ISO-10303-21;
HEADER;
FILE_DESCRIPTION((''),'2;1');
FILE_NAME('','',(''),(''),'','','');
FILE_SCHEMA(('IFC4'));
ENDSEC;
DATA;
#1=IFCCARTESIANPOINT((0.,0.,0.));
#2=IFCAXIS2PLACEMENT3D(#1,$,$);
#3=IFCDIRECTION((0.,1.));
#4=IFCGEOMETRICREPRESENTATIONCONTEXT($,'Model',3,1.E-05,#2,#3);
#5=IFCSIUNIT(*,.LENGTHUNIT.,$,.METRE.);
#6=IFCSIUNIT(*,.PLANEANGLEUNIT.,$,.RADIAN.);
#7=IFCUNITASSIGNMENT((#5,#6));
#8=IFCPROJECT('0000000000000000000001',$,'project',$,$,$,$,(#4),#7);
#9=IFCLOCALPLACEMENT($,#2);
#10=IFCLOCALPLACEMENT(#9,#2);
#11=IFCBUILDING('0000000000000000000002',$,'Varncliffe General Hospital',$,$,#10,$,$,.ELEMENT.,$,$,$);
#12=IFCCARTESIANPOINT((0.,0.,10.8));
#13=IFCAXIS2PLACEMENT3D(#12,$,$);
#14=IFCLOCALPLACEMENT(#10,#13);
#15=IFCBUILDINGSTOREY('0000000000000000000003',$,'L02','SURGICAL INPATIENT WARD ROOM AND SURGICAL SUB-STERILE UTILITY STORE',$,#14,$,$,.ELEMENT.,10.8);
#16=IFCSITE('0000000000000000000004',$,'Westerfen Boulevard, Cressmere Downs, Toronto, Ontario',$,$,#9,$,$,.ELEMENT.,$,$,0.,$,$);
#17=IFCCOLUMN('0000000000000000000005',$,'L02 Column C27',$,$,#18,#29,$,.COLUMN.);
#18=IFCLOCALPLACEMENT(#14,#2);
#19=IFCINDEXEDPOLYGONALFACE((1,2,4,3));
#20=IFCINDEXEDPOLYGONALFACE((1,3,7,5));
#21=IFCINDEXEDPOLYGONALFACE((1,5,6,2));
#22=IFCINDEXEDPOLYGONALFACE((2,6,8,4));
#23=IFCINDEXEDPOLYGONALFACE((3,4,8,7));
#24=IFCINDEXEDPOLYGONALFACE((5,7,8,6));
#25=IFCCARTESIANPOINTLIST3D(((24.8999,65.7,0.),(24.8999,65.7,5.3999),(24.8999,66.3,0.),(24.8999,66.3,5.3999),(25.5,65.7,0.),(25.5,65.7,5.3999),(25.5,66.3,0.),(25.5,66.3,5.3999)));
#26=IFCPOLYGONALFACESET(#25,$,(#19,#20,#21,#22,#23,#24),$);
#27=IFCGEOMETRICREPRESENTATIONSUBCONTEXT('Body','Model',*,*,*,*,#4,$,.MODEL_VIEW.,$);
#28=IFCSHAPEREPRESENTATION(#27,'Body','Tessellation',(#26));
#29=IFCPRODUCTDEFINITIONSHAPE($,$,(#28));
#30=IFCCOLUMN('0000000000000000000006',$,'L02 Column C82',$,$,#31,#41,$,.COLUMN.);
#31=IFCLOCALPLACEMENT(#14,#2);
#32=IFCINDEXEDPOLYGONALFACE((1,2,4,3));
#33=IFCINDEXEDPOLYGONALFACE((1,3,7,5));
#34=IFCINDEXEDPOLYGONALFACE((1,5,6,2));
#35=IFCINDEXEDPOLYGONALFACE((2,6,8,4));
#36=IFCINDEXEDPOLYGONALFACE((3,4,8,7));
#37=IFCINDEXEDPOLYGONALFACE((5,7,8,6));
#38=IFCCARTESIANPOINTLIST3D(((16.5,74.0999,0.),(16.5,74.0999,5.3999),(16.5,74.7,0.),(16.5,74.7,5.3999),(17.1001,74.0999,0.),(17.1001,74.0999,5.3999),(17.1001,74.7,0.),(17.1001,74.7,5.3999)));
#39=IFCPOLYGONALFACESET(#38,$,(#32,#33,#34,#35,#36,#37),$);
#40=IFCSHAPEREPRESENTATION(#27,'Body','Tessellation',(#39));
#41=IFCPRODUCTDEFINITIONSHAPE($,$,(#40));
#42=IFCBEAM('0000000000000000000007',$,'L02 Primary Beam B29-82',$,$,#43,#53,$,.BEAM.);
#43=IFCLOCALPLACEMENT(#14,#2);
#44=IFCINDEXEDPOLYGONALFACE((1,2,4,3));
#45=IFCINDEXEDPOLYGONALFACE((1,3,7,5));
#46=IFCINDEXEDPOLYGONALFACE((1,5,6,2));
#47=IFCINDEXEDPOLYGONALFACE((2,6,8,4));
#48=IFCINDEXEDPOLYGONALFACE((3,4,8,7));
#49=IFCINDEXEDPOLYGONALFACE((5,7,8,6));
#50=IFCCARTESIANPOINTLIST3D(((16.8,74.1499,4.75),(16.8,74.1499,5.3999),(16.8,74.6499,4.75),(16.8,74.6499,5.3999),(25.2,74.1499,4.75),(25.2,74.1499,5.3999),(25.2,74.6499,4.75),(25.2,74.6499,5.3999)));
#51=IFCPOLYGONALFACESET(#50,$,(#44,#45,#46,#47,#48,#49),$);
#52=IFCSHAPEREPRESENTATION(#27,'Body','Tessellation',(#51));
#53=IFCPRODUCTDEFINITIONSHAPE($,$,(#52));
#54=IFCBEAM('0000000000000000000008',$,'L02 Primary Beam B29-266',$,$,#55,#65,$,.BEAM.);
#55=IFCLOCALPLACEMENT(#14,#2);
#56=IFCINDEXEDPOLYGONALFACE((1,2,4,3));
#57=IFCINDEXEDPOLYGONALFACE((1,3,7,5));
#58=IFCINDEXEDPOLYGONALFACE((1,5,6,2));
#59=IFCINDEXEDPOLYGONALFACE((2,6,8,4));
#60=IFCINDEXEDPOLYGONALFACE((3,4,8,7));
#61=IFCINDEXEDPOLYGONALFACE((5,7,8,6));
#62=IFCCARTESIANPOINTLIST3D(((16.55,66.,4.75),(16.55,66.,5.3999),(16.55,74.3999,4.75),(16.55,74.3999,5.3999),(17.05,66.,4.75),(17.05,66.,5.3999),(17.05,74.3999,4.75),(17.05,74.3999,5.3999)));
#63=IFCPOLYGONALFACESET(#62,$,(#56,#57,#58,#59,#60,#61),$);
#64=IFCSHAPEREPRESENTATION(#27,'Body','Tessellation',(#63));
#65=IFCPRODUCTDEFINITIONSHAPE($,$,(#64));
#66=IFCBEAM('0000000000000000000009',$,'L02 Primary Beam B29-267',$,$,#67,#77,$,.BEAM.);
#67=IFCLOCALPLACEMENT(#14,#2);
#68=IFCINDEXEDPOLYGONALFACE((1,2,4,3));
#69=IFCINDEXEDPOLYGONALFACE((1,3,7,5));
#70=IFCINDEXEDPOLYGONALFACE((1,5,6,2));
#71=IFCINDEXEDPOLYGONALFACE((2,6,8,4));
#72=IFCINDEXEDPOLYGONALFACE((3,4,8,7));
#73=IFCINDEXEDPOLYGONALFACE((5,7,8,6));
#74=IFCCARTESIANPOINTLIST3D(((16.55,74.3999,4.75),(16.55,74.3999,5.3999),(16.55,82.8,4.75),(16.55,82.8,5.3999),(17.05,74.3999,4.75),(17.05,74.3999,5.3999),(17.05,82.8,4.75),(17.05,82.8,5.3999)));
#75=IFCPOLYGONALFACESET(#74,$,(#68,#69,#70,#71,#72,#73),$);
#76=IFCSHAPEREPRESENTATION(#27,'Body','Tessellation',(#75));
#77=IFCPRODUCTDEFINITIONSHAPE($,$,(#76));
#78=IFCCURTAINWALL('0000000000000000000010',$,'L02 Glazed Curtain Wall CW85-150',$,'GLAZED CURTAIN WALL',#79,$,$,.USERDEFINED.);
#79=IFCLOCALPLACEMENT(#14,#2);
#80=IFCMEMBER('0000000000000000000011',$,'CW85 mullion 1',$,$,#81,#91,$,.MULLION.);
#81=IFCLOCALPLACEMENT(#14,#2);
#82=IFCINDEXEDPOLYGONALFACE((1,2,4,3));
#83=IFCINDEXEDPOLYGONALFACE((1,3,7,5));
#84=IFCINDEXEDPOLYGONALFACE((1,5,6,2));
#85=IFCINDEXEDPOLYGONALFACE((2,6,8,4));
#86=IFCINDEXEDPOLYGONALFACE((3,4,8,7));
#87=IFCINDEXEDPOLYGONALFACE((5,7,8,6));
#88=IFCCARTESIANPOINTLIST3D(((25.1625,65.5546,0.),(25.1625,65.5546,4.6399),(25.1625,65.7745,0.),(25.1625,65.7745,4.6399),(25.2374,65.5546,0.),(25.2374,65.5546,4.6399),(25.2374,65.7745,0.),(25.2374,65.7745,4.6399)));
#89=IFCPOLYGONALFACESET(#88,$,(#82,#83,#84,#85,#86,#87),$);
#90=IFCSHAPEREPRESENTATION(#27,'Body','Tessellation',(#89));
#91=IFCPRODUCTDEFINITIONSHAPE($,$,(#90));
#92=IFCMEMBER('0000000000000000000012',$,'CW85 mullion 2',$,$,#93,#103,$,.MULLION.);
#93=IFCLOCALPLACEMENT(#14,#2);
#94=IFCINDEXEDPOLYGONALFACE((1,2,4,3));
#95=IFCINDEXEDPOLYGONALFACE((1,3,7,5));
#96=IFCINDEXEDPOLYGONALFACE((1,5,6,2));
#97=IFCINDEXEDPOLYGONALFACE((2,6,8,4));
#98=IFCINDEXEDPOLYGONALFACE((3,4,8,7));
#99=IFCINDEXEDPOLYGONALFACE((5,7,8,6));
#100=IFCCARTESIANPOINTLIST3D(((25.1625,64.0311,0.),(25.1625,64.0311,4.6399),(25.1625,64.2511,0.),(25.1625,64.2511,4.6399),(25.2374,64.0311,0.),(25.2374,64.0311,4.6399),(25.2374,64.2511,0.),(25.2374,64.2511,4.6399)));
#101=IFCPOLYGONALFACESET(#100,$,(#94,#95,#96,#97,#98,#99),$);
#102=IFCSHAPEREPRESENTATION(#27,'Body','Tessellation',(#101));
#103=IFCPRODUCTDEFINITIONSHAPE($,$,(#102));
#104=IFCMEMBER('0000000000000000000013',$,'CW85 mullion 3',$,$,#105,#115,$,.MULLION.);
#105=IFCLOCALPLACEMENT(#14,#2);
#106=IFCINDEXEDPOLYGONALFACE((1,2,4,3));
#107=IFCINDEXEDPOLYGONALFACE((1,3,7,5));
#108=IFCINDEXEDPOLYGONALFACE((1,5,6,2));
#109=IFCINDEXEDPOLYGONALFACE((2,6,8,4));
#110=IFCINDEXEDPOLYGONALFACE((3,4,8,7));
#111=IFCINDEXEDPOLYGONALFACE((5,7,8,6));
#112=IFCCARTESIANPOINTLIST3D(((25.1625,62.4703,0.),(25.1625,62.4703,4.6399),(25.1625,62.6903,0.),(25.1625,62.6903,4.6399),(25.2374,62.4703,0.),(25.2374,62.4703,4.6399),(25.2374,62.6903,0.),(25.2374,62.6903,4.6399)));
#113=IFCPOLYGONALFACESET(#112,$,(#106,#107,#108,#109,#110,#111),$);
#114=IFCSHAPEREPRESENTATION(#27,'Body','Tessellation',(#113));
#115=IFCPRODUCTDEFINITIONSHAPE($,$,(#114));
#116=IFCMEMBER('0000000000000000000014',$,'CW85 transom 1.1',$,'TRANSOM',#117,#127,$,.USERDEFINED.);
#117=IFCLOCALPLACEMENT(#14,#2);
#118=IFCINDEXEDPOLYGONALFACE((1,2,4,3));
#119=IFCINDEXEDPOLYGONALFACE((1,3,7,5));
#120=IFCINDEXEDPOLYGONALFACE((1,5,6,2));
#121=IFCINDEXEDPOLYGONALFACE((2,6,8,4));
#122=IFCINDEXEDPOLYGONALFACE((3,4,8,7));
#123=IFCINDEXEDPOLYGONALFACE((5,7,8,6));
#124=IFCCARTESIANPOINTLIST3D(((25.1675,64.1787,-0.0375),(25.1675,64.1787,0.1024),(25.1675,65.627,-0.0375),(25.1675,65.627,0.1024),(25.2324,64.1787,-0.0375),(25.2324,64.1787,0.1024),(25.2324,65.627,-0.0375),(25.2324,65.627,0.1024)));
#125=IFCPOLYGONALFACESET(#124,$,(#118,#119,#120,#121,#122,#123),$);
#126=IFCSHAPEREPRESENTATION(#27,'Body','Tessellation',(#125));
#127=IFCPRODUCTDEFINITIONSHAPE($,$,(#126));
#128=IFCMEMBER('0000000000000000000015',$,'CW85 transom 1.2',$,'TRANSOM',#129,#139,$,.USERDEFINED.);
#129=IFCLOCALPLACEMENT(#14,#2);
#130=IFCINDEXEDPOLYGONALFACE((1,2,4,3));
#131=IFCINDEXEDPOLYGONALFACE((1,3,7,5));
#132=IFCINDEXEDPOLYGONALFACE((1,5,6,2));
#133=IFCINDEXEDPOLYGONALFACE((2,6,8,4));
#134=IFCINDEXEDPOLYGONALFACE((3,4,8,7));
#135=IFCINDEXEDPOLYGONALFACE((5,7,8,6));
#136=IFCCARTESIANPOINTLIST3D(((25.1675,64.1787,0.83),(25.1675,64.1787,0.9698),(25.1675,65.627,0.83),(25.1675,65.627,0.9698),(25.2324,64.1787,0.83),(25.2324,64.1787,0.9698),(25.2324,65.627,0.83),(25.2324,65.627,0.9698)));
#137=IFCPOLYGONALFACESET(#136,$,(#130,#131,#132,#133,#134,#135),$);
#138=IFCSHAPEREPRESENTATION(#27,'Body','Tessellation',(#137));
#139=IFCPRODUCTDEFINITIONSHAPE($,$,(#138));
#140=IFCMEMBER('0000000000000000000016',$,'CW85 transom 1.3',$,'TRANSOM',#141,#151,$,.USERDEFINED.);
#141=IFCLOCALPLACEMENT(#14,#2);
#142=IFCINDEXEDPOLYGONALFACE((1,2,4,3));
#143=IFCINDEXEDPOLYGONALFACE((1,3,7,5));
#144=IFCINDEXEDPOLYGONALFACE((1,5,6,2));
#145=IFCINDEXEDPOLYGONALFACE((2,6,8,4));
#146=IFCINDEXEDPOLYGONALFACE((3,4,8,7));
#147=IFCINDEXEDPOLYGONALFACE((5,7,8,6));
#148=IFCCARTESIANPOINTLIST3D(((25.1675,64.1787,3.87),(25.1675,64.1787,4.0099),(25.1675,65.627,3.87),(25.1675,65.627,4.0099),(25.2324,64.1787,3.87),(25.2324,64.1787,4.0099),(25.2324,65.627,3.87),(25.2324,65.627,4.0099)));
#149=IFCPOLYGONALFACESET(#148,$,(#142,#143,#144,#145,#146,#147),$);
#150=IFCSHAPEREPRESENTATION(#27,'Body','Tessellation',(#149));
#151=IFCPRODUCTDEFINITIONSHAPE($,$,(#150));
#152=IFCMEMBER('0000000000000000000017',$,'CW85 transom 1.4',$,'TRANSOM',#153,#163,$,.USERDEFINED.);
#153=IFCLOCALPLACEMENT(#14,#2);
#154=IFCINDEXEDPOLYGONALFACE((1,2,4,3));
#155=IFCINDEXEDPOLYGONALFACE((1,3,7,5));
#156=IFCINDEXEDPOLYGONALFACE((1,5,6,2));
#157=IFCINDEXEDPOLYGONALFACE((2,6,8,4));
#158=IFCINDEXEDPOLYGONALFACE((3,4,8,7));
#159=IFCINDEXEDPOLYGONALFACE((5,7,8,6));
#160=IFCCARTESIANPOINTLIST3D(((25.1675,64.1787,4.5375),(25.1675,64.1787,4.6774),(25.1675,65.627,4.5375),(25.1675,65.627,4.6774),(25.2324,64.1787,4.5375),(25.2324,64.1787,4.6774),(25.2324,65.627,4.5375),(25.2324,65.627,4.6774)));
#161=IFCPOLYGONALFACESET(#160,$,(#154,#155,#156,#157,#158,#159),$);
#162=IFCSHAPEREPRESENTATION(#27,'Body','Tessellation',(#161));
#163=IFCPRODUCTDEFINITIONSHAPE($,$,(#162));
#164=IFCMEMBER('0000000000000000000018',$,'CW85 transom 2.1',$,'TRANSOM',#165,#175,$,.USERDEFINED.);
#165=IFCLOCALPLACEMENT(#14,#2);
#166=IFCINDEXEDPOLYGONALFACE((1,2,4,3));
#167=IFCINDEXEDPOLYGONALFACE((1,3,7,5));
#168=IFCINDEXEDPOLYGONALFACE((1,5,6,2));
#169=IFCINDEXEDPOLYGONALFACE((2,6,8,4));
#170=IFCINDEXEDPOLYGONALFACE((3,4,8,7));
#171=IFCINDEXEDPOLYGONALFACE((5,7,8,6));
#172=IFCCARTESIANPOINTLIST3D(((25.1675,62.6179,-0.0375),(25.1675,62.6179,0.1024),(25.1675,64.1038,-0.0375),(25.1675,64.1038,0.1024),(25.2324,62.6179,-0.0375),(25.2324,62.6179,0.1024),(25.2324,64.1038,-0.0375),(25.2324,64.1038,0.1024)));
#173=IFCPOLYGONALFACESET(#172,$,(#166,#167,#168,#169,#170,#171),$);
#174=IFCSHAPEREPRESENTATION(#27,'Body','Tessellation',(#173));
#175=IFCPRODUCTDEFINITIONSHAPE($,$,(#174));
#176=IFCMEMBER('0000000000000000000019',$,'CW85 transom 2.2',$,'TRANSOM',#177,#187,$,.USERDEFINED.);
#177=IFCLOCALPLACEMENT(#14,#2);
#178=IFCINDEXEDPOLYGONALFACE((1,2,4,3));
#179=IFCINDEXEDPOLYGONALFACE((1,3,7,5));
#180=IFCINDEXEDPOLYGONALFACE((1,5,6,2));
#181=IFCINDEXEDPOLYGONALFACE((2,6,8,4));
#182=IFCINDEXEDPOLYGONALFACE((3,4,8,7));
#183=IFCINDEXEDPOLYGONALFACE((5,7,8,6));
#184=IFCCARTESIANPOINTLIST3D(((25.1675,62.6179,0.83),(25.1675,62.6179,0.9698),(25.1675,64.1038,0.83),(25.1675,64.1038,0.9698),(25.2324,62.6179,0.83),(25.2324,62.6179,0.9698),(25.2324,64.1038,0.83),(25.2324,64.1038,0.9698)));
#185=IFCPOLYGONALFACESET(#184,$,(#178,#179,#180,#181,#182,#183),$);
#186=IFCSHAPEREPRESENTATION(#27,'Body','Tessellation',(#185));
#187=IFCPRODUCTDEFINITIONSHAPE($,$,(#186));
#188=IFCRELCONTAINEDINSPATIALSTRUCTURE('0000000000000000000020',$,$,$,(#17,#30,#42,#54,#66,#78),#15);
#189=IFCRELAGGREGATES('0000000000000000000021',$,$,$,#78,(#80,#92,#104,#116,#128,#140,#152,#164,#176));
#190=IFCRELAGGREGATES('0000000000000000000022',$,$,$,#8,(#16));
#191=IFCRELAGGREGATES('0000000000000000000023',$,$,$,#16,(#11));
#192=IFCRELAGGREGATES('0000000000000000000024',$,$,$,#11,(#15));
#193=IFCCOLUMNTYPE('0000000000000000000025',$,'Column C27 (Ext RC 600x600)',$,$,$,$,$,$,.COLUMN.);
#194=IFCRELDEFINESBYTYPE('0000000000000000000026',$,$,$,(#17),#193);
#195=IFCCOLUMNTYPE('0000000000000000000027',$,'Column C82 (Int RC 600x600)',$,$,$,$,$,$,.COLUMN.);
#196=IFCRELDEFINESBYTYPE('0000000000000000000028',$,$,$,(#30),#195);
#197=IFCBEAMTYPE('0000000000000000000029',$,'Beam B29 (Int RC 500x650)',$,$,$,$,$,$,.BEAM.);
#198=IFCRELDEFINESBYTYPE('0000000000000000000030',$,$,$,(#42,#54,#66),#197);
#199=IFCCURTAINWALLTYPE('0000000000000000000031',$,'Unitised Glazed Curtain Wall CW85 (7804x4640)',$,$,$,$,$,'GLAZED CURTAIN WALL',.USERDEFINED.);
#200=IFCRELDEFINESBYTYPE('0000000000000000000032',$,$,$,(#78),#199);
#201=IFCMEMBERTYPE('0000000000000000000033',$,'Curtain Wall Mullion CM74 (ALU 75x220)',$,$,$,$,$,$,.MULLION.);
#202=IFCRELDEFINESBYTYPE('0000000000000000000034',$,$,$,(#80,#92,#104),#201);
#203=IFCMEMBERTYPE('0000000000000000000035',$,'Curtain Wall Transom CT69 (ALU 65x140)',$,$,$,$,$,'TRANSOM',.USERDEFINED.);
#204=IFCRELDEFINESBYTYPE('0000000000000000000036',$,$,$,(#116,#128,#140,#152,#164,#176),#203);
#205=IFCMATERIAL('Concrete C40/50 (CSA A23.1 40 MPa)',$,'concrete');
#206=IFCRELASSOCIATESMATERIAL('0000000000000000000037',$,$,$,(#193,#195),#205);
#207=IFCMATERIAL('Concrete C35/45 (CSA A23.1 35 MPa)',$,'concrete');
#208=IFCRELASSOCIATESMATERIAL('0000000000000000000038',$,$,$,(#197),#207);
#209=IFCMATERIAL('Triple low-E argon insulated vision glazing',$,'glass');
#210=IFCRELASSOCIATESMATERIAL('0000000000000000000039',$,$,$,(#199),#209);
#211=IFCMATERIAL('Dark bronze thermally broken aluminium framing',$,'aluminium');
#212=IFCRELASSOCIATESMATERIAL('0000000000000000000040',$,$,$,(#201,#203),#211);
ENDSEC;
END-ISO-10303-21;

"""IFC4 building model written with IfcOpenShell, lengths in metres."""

from ifc_helpers import new_model, si_unit, direction, frame, origin, origin_2d, place, context, subcontext, project, spatial, rectangle, extrude, material, material_profile, profile_set, type_object, element, aggregate, save


model = new_model("IFC4")

# Units and contexts
model_context = context("Model", 3, precision=1e-05, world=origin(), true_north=direction((0.0, 1.0)))
body_context = subcontext(model_context, "Body", "Model", "MODEL_VIEW")
ifc_project = project(units=[si_unit("LENGTHUNIT", "METRE"), si_unit("PLANEANGLEUNIT", "RADIAN")], contexts=[model_context])

# Site, building, storey
site_placement = place(None, origin())
site = spatial("IfcSite", under=ifc_project, at=site_placement, Name="Westerfen Boulevard, Cressmere Downs, Toronto, Ontario", CompositionType="ELEMENT", RefElevation=0.0)
building_placement = place(site_placement, origin())
building = spatial("IfcBuilding", under=site, at=building_placement, Name="Varncliffe General Hospital", CompositionType="ELEMENT")
storey_placement = place(building_placement, frame((0.0, 0.0, 10.8)))
storey = spatial("IfcBuildingStorey", under=building, at=storey_placement, Name="L02", Description="SURGICAL INPATIENT WARD ROOM AND SURGICAL SUB-STERILE UTILITY STORE", CompositionType="ELEMENT", Elevation=10.8)

# Columns
ifc_material_1 = material(Name="Concrete C40/50 (CSA A23.1 40 MPa)", Category="concrete")
ifc_material_profile_1 = material_profile(ifc_material_1, rectangle(XDim=0.6001, YDim=0.6001, at=origin_2d()), Name="RC 600x600")
ifc_profile_set_1 = profile_set([ifc_material_profile_1], Name="Concrete C40/50 (CSA A23.1 40 MPa)")
column_type_1 = type_object("IfcColumnType", Name="Column C27 (Ext RC 600x600)", PredefinedType="COLUMN", material=ifc_profile_set_1)
column_1_placement = place(storey_placement, frame((25.2, 66.0, 0.0), z_axis=(0.0, 0.0, 1.0), x_axis=(1.0, 0.0, 0.0)))
element("IfcColumn", 1, at=column_1_placement, inside=storey, type_object=column_type_1, Name="L02 Column C27", PredefinedType="COLUMN", context=body_context, shape_type="SweptSolid", body=[
    extrude(rectangle(XDim=0.6001, YDim=0.6001, at=origin_2d()), origin(), (0.0, 0.0, 1.0), 5.3999),
])
ifc_material_profile_2 = material_profile(ifc_material_1, rectangle(XDim=0.6001, YDim=0.6001, at=origin_2d()), Name="RC 600x600")
ifc_profile_set_2 = profile_set([ifc_material_profile_2], Name="Concrete C40/50 (CSA A23.1 40 MPa)")
column_type_2 = type_object("IfcColumnType", Name="Column C82 (Int RC 600x600)", PredefinedType="COLUMN", material=ifc_profile_set_2)
column_2_placement = place(storey_placement, frame((16.8, 74.3999, 0.0), z_axis=(0.0, 0.0, 1.0), x_axis=(1.0, 0.0, 0.0)))
element("IfcColumn", 2, at=column_2_placement, inside=storey, type_object=column_type_2, Name="L02 Column C82", PredefinedType="COLUMN", context=body_context, shape_type="SweptSolid", body=[
    extrude(rectangle(XDim=0.6001, YDim=0.6001, at=origin_2d()), origin(), (0.0, 0.0, 1.0), 5.3999),
])

# Beams
ifc_material_2 = material(Name="Concrete C35/45 (CSA A23.1 35 MPa)", Category="concrete")
ifc_material_profile_3 = material_profile(ifc_material_2, rectangle(XDim=0.5, YDim=0.6499, at=origin_2d()), Name="RC 500x650")
ifc_profile_set_3 = profile_set([ifc_material_profile_3], Name="Concrete C35/45 (CSA A23.1 35 MPa)")
beam_type_1 = type_object("IfcBeamType", Name="Beam B29 (Int RC 500x650)", PredefinedType="BEAM", material=ifc_profile_set_3)
for number, where, z_axis, x_axis, name in (
    (3, (16.8, 74.3999, 5.075), (1.0, 0.0, 0.0), (0.0, 1.0, 0.0), "L02 Primary Beam B29-82"),
    (4, (16.8, 66.0, 5.075), (0.0, 1.0, 0.0), (-1.0, 0.0, 0.0), "L02 Primary Beam B29-266"),
):
    element("IfcBeam", number, at=place(storey_placement, frame(where, z_axis=z_axis, x_axis=x_axis)), inside=storey, type_object=beam_type_1, Name=name, PredefinedType="BEAM", context=body_context, shape_type="SweptSolid", body=[
        extrude(rectangle(XDim=0.5, YDim=0.6499, at=origin_2d()), origin(), (0.0, 0.0, 1.0), 8.3999),
    ])
beam_1_placement = place(storey_placement, frame((16.8, 74.3999, 5.075), z_axis=(0.0, 1.0, 0.0), x_axis=(-1.0, 0.0, 0.0)))
element("IfcBeam", 5, at=beam_1_placement, inside=storey, type_object=beam_type_1, Name="L02 Primary Beam B29-267", PredefinedType="BEAM", context=body_context, shape_type="SweptSolid", body=[
    extrude(rectangle(XDim=0.5, YDim=0.6499, at=origin_2d()), origin(), (0.0, 0.0, 1.0), 8.4001),
])

# Curtain wall, members
ifc_material_3 = material(Name="Triple low-E argon insulated vision glazing", Category="glass")
curtain_wall_type = type_object("IfcCurtainWallType", Name="Unitised Glazed Curtain Wall CW85 (7804x4640)", ElementType="GLAZED CURTAIN WALL", PredefinedType="USERDEFINED", material=ifc_material_3)
curtain_wall_placement = place(storey_placement, origin())
curtain_wall = element("IfcCurtainWall", 6, at=curtain_wall_placement, inside=storey, type_object=curtain_wall_type, Name="L02 Glazed Curtain Wall CW85-150", ObjectType="GLAZED CURTAIN WALL", PredefinedType="USERDEFINED")
ifc_material_4 = material(Name="Dark bronze thermally broken aluminium framing", Category="aluminium")
ifc_material_profile_4 = material_profile(ifc_material_4, rectangle(XDim=0.075, YDim=0.22, at=origin_2d()), Name="ALU 75x220")
ifc_profile_set_4 = profile_set([ifc_material_profile_4], Name="Dark bronze thermally broken aluminium framing")
member_type_1 = type_object("IfcMemberType", Name="Curtain Wall Mullion CM74 (ALU 75x220)", PredefinedType="MULLION", material=ifc_profile_set_4)
member_1_placement = place(storey_placement, frame((25.2, 65.6646, 0.0), z_axis=(0.0, 0.0, 1.0), x_axis=(1.0, 0.0, 0.0)))
member_1 = element("IfcMember", 7, at=member_1_placement, type_object=member_type_1, Name="CW85 mullion 1", PredefinedType="MULLION", context=body_context, shape_type="SweptSolid", body=[
    extrude(rectangle(XDim=0.075, YDim=0.22, at=origin_2d()), origin(), (0.0, 0.0, 1.0), 4.6399),
])
member_2_placement = place(storey_placement, frame((25.2, 64.1411, 0.0), z_axis=(0.0, 0.0, 1.0), x_axis=(1.0, 0.0, 0.0)))
member_2 = element("IfcMember", 8, at=member_2_placement, type_object=member_type_1, Name="CW85 mullion 2", PredefinedType="MULLION", context=body_context, shape_type="SweptSolid", body=[
    extrude(rectangle(XDim=0.075, YDim=0.22, at=origin_2d()), origin(), (0.0, 0.0, 1.0), 4.6399),
])
member_3_placement = place(storey_placement, frame((25.2, 62.5803, 0.0), z_axis=(0.0, 0.0, 1.0), x_axis=(1.0, 0.0, 0.0)))
member_3 = element("IfcMember", 9, at=member_3_placement, type_object=member_type_1, Name="CW85 mullion 3", PredefinedType="MULLION", context=body_context, shape_type="SweptSolid", body=[
    extrude(rectangle(XDim=0.075, YDim=0.22, at=origin_2d()), origin(), (0.0, 0.0, 1.0), 4.6399),
])
ifc_material_profile_5 = material_profile(ifc_material_4, rectangle(XDim=0.0649, YDim=0.1399, at=origin_2d()), Name="ALU 65x140")
ifc_profile_set_5 = profile_set([ifc_material_profile_5], Name="Dark bronze thermally broken aluminium framing")
member_type_2 = type_object("IfcMemberType", Name="Curtain Wall Transom CT69 (ALU 65x140)", ElementType="TRANSOM", PredefinedType="USERDEFINED", material=ifc_profile_set_5)
member_4_placement = place(storey_placement, frame((25.2, 65.627, 0.0325), z_axis=(0.0, -1.0, 0.0), x_axis=(1.0, 0.0, 0.0)))
member_4 = element("IfcMember", 10, at=member_4_placement, type_object=member_type_2, Name="CW85 transom 1.1", ObjectType="TRANSOM", PredefinedType="USERDEFINED", context=body_context, shape_type="SweptSolid", body=[
    extrude(rectangle(XDim=0.0649, YDim=0.1399, at=origin_2d()), origin(), (0.0, 0.0, 1.0), 1.4482),
])
member_5_placement = place(storey_placement, frame((25.2, 65.627, 0.8999), z_axis=(0.0, -1.0, 0.0), x_axis=(1.0, 0.0, 0.0)))
member_5 = element("IfcMember", 11, at=member_5_placement, type_object=member_type_2, Name="CW85 transom 1.2", ObjectType="TRANSOM", PredefinedType="USERDEFINED", context=body_context, shape_type="SweptSolid", body=[
    extrude(rectangle(XDim=0.0649, YDim=0.1399, at=origin_2d()), origin(), (0.0, 0.0, 1.0), 1.4482),
])
member_6_placement = place(storey_placement, frame((25.2, 65.627, 3.9399), z_axis=(0.0, -1.0, 0.0), x_axis=(1.0, 0.0, 0.0)))
member_6 = element("IfcMember", 12, at=member_6_placement, type_object=member_type_2, Name="CW85 transom 1.3", ObjectType="TRANSOM", PredefinedType="USERDEFINED", context=body_context, shape_type="SweptSolid", body=[
    extrude(rectangle(XDim=0.0649, YDim=0.1399, at=origin_2d()), origin(), (0.0, 0.0, 1.0), 1.4482),
])
member_7_placement = place(storey_placement, frame((25.2, 65.627, 4.6074), z_axis=(0.0, -1.0, 0.0), x_axis=(1.0, 0.0, 0.0)))
member_7 = element("IfcMember", 13, at=member_7_placement, type_object=member_type_2, Name="CW85 transom 1.4", ObjectType="TRANSOM", PredefinedType="USERDEFINED", context=body_context, shape_type="SweptSolid", body=[
    extrude(rectangle(XDim=0.0649, YDim=0.1399, at=origin_2d()), origin(), (0.0, 0.0, 1.0), 1.4482),
])
member_8_placement = place(storey_placement, frame((25.2, 64.1038, 0.0325), z_axis=(0.0, -1.0, 0.0), x_axis=(1.0, 0.0, 0.0)))
member_8 = element("IfcMember", 14, at=member_8_placement, type_object=member_type_2, Name="CW85 transom 2.1", ObjectType="TRANSOM", PredefinedType="USERDEFINED", context=body_context, shape_type="SweptSolid", body=[
    extrude(rectangle(XDim=0.0649, YDim=0.1399, at=origin_2d()), origin(), (0.0, 0.0, 1.0), 1.4858),
])
member_9_placement = place(storey_placement, frame((25.2, 64.1038, 0.8999), z_axis=(0.0, -1.0, 0.0), x_axis=(1.0, 0.0, 0.0)))
member_9 = element("IfcMember", 15, at=member_9_placement, type_object=member_type_2, Name="CW85 transom 2.2", ObjectType="TRANSOM", PredefinedType="USERDEFINED", context=body_context, shape_type="SweptSolid", body=[
    extrude(rectangle(XDim=0.0649, YDim=0.1399, at=origin_2d()), origin(), (0.0, 0.0, 1.0), 1.4858),
])

aggregate(curtain_wall, [member_1, member_2, member_3, member_4, member_5, member_6, member_7, member_8, member_9])

save(model, "model.ifc")
